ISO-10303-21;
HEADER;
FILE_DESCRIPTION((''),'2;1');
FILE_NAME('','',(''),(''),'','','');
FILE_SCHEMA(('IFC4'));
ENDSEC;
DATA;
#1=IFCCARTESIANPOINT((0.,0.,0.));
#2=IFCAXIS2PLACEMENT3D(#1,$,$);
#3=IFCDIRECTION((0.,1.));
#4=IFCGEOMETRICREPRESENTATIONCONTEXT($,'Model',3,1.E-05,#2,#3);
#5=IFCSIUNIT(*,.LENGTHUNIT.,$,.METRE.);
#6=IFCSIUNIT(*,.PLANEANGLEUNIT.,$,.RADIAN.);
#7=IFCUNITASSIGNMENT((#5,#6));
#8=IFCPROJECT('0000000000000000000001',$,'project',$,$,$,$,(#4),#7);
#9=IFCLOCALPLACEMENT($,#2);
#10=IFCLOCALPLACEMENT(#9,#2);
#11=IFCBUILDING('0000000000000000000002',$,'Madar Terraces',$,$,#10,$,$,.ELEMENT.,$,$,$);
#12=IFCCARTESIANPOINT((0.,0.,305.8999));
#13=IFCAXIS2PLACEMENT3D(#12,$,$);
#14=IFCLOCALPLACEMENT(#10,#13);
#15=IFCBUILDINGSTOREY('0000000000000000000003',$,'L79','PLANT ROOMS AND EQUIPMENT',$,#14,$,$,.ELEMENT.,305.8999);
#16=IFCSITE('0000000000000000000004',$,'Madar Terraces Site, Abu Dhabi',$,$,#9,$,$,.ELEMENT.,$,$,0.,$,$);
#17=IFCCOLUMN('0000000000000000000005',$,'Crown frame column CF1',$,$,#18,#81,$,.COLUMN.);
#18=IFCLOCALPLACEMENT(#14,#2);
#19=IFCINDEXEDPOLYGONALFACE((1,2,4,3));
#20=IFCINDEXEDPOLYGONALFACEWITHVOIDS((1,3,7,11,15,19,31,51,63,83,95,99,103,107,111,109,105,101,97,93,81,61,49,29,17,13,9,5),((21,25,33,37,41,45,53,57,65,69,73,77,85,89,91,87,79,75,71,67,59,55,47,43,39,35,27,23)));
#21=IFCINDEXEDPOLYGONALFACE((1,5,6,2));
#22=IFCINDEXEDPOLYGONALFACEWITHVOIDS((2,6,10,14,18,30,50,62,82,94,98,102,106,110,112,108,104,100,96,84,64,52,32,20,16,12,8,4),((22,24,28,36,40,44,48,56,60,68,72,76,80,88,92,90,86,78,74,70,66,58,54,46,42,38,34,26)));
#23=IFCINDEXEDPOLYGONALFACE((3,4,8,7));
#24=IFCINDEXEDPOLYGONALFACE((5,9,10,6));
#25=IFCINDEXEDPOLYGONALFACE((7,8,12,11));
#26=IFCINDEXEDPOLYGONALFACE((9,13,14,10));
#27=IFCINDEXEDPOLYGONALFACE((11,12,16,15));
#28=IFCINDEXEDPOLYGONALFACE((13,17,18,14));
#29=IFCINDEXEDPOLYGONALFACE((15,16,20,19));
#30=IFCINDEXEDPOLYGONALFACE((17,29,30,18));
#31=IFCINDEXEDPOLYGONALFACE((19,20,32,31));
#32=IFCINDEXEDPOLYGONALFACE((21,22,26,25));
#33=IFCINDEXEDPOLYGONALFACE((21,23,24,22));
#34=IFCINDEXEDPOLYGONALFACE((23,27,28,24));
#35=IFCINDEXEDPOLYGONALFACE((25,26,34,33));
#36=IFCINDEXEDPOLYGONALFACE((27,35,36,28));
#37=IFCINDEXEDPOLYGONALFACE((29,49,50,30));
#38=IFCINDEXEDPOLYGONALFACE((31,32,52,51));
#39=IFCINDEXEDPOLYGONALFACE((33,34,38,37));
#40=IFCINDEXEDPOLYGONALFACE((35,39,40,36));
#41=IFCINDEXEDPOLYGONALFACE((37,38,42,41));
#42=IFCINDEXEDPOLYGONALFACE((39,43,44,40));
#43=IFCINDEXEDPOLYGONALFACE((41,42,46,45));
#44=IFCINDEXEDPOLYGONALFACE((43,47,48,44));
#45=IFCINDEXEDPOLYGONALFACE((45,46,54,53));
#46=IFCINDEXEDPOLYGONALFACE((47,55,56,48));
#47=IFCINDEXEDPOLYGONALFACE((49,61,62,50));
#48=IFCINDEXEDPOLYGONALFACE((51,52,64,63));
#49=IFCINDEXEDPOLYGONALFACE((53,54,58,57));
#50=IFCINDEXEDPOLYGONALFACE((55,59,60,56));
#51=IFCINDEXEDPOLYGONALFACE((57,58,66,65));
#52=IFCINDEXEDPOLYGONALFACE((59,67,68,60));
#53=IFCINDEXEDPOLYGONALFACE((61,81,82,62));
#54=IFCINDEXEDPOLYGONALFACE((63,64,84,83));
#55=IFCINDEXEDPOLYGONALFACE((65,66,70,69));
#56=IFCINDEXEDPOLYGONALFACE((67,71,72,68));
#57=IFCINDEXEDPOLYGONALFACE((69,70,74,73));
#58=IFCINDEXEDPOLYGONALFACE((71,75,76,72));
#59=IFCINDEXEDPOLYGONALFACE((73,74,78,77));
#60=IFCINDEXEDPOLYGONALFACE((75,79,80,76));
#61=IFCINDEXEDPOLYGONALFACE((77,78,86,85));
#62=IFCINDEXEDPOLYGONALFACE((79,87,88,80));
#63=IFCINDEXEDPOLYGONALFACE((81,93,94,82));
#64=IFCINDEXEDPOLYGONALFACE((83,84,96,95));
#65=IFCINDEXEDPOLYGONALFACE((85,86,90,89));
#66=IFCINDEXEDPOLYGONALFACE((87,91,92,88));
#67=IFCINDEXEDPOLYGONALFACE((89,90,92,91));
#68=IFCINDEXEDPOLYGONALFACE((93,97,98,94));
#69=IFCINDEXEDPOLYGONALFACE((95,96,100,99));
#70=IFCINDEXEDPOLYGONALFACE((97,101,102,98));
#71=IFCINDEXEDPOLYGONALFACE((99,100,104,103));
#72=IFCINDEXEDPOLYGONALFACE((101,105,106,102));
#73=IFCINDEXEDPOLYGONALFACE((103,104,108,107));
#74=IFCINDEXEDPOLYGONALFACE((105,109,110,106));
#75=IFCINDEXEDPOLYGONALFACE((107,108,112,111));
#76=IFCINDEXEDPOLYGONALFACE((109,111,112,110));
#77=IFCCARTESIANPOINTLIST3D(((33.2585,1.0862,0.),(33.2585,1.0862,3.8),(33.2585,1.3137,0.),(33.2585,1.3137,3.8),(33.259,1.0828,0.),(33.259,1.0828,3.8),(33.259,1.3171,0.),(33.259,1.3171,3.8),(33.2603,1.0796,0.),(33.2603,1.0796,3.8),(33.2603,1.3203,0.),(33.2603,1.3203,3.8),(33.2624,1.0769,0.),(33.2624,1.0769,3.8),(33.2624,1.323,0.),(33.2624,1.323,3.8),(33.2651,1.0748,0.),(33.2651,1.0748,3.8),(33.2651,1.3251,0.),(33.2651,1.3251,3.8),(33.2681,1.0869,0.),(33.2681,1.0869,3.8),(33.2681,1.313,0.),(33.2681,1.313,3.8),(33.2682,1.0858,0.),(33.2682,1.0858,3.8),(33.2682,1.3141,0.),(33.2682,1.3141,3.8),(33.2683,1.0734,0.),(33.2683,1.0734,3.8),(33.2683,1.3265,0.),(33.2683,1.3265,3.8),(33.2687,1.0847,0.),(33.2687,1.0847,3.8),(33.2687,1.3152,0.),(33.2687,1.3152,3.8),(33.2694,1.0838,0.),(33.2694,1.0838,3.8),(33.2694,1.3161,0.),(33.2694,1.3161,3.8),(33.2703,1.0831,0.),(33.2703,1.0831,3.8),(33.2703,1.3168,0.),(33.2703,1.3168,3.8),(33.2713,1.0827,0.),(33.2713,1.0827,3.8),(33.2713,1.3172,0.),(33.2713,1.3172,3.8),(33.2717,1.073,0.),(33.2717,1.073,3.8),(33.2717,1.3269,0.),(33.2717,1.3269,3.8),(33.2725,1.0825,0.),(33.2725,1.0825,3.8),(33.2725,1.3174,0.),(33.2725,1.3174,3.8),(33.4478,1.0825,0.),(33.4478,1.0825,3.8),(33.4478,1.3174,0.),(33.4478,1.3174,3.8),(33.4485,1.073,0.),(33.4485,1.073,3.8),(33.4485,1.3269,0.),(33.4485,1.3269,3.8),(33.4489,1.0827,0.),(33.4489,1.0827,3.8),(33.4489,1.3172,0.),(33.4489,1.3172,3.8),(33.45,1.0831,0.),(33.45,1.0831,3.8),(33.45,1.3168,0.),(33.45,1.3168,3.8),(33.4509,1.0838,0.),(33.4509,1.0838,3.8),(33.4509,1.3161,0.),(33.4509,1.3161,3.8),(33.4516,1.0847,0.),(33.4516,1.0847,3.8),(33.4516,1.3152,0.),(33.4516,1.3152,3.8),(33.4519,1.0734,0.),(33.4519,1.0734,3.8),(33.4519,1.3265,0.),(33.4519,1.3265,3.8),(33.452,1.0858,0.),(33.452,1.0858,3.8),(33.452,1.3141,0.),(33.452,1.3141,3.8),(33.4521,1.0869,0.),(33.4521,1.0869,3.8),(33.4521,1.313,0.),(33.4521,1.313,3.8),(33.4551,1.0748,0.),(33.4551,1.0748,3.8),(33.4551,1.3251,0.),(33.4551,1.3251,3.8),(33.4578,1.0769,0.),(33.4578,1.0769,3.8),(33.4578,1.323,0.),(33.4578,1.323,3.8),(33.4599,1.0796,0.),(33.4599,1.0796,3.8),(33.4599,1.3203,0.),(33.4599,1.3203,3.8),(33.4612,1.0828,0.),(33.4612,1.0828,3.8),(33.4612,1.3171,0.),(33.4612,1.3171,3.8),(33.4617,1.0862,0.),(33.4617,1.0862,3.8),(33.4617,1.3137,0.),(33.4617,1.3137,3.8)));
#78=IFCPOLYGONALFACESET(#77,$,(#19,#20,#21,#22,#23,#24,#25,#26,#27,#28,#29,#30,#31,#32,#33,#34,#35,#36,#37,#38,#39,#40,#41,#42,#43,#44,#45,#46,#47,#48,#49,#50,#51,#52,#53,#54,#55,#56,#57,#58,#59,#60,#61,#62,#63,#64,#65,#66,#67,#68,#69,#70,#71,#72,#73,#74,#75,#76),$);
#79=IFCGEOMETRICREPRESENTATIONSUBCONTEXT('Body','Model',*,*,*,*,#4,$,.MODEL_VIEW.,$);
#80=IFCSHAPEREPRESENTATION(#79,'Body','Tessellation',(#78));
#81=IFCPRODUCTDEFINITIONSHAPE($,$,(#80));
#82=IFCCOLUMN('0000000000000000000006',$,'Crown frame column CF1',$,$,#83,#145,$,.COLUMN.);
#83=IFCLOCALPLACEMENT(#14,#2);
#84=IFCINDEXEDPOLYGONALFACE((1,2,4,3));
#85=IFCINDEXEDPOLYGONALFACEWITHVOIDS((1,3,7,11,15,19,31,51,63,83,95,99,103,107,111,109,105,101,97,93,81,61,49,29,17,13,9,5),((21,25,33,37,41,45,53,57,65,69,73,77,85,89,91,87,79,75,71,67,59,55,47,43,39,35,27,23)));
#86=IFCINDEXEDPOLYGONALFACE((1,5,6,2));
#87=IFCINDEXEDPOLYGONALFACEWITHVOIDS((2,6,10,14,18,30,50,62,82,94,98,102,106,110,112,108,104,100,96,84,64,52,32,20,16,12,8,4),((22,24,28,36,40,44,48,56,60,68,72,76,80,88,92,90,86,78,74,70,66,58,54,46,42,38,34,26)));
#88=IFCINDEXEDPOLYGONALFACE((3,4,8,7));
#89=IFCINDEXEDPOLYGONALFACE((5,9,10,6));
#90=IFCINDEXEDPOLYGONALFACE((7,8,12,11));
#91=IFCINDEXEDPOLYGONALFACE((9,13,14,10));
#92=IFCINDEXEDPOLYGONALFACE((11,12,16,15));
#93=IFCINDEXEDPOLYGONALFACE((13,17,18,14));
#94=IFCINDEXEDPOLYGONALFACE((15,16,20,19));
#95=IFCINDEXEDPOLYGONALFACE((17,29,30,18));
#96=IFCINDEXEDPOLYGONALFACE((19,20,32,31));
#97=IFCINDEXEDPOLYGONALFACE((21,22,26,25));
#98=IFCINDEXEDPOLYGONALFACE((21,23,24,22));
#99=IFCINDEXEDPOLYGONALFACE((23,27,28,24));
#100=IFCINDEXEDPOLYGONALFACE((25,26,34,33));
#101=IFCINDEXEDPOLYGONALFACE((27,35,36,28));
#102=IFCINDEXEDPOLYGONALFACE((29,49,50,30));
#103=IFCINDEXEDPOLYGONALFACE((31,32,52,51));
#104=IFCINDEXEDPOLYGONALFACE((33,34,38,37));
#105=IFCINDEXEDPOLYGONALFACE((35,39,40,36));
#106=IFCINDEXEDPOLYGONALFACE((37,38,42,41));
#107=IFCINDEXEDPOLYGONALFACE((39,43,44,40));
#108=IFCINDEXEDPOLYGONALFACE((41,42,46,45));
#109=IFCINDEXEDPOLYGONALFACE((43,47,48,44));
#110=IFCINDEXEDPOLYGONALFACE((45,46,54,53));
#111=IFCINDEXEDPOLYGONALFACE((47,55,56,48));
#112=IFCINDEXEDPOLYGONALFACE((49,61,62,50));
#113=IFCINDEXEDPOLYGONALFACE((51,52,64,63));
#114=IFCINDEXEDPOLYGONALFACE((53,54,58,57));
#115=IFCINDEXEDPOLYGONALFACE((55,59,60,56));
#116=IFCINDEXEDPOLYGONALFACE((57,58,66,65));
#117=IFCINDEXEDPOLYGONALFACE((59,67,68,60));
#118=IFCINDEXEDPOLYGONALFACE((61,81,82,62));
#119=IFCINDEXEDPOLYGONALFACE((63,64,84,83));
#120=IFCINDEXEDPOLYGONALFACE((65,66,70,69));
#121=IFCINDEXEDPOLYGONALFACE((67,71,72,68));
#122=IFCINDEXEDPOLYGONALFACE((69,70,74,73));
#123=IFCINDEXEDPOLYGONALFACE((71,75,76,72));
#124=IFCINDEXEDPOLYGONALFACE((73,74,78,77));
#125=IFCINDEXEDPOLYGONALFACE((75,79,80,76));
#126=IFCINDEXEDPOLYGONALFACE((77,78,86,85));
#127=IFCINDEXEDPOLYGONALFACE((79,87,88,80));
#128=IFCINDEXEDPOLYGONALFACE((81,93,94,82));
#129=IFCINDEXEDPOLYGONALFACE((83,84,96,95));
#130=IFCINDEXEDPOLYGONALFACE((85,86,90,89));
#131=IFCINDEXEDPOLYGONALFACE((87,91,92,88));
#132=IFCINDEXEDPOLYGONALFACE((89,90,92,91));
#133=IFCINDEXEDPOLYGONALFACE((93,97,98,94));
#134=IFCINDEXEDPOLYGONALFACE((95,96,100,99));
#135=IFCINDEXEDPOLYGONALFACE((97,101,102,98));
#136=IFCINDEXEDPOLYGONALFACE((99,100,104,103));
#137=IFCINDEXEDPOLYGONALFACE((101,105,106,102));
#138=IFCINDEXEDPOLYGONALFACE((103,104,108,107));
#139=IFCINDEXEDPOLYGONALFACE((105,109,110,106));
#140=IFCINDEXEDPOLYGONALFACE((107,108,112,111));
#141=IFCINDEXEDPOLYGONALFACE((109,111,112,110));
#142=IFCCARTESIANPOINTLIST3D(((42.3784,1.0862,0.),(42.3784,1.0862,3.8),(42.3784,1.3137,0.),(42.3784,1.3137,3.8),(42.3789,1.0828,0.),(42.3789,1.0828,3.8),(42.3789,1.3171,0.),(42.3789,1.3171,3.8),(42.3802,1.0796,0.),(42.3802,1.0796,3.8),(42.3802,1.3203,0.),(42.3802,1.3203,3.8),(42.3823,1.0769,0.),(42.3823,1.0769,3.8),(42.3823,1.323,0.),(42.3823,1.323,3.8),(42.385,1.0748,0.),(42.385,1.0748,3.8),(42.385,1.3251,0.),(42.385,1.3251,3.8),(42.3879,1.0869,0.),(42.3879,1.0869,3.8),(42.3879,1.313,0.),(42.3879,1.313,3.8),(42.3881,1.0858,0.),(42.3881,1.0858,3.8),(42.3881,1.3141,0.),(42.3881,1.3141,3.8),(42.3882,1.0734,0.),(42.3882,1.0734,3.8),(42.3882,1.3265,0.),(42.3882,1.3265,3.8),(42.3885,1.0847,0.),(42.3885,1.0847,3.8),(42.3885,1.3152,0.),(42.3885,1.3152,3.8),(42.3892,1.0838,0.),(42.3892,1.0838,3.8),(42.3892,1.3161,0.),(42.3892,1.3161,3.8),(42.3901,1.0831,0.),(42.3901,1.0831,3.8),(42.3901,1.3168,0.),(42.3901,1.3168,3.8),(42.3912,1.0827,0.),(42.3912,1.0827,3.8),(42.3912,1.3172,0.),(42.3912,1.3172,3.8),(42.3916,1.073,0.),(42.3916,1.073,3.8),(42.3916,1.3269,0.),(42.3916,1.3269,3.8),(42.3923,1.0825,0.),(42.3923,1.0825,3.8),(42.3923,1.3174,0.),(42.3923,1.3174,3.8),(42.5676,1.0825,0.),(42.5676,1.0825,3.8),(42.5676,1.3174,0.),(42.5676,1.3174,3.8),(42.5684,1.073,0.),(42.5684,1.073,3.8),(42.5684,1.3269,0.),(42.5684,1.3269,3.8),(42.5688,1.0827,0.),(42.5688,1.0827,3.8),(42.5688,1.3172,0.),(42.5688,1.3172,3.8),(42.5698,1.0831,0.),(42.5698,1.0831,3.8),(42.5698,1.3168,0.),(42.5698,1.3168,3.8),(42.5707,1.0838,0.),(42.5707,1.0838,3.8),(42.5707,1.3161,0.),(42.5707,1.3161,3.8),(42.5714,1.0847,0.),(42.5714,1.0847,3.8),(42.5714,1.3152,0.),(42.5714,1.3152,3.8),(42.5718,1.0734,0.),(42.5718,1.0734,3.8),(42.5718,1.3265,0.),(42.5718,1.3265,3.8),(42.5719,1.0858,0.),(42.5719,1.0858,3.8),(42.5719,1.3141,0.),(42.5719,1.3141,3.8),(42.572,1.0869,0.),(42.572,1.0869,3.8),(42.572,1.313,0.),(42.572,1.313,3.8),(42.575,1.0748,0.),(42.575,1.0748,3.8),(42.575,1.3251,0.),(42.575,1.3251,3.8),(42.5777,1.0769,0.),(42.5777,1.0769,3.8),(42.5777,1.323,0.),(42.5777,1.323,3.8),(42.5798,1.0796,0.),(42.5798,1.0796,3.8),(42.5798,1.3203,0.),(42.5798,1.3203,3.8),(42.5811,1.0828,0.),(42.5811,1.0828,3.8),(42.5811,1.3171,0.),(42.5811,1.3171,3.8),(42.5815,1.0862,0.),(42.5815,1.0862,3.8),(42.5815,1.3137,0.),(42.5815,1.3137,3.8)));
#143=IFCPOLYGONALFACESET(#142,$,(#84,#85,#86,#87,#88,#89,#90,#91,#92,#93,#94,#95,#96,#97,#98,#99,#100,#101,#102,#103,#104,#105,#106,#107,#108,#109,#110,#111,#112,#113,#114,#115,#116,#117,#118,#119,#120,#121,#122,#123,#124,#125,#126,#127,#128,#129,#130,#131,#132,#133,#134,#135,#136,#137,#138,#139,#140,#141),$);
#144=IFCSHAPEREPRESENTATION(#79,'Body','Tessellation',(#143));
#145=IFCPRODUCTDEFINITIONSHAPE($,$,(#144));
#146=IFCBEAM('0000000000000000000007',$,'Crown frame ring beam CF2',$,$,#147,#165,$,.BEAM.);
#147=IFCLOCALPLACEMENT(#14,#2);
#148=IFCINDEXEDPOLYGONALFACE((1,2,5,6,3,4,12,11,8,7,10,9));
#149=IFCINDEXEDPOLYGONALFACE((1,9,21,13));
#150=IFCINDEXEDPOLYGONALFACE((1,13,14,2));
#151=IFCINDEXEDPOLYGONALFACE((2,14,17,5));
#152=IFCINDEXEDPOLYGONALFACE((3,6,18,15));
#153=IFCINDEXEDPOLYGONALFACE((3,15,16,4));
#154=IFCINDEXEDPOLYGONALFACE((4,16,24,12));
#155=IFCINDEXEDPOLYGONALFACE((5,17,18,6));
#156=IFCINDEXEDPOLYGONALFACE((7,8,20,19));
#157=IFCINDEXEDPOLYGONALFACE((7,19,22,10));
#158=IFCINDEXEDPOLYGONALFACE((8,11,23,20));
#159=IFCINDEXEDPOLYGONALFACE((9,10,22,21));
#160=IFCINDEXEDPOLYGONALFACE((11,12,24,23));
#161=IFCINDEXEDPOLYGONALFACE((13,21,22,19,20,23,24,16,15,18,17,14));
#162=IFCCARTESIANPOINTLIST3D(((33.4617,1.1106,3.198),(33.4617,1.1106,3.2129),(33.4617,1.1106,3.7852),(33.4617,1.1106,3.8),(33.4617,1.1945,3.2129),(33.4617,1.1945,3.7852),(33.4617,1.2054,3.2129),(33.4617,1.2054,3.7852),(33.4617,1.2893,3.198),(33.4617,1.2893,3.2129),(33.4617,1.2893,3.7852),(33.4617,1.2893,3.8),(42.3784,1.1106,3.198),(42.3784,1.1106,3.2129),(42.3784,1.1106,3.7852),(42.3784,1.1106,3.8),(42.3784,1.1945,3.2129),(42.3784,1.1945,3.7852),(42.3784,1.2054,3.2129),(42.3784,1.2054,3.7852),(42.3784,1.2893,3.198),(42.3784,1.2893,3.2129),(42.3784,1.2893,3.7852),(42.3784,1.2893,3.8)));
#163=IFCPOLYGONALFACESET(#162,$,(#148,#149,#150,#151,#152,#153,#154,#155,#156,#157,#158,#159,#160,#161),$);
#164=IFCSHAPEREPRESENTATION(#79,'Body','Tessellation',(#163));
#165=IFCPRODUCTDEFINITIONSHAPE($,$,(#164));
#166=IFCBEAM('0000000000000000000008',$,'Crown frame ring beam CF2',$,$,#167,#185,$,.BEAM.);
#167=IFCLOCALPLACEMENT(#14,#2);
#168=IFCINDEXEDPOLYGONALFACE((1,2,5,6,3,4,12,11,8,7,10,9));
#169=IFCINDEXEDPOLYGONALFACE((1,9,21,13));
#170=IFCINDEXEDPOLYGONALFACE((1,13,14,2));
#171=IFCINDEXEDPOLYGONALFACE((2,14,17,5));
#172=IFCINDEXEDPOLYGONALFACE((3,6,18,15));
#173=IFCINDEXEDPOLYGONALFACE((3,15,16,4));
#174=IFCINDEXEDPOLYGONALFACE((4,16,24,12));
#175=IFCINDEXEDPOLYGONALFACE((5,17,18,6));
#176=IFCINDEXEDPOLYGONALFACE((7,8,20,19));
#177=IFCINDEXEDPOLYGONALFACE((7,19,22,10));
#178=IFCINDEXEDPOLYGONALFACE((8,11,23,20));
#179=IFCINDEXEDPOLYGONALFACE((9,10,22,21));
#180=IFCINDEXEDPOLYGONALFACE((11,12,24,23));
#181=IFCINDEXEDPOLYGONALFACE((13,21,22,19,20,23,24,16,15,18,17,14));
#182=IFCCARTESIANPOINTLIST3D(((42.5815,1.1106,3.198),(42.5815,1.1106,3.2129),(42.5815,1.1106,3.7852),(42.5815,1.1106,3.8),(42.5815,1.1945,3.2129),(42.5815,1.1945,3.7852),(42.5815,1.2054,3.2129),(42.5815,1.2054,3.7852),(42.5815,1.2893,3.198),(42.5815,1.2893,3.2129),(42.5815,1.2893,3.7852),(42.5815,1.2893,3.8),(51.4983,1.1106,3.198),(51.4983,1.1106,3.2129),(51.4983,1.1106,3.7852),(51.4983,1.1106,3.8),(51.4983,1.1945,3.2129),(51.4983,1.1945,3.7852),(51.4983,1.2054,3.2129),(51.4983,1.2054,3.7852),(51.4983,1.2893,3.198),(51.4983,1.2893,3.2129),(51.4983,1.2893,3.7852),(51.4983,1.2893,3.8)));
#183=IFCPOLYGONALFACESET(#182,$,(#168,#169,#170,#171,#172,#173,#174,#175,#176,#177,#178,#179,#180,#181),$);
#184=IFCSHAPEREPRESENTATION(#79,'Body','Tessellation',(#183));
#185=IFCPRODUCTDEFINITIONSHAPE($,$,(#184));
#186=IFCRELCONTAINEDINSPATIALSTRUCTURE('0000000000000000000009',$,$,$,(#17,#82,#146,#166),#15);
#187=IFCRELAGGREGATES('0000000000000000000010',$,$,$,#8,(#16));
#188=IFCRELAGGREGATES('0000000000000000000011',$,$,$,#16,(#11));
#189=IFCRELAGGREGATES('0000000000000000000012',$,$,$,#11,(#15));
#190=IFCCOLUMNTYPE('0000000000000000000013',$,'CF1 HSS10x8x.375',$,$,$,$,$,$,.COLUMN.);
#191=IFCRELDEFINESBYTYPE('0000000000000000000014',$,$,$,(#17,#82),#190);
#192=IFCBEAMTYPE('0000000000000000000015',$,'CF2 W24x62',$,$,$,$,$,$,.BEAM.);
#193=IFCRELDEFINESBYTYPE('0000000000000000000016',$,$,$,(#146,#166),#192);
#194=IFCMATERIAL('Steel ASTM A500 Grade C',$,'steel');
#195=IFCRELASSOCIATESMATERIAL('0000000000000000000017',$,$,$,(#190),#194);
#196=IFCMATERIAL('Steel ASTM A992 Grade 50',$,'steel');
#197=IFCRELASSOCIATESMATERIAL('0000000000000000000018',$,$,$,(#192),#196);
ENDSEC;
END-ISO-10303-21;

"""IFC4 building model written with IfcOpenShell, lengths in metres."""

from ifc_helpers import new_model, si_unit, direction, frame, origin, origin_2d, place, context, subcontext, project, spatial, hollow_rectangle, i_section, extrude, material, material_profile, profile_set, type_object, element, save


model = new_model("IFC4")

# Units and contexts
model_context = context("Model", 3, precision=1e-05, world=origin(), true_north=direction((0.0, 1.0)))
body_context = subcontext(model_context, "Body", "Model", "MODEL_VIEW")
ifc_project = project(units=[si_unit("LENGTHUNIT", "METRE"), si_unit("PLANEANGLEUNIT", "RADIAN")], contexts=[model_context])

# Site, building, storey
site_placement = place(None, origin())
site = spatial("IfcSite", under=ifc_project, at=site_placement, Name="Madar Terraces Site, Abu Dhabi", CompositionType="ELEMENT", RefElevation=0.0)
building_placement = place(site_placement, origin())
building = spatial("IfcBuilding", under=site, at=building_placement, Name="Madar Terraces", CompositionType="ELEMENT")
storey_placement = place(building_placement, frame((0.0, 0.0, 305.8999)))
storey = spatial("IfcBuildingStorey", under=building, at=storey_placement, Name="L79", Description="PLANT ROOMS AND EQUIPMENT", CompositionType="ELEMENT", Elevation=305.8999)

# Columns
ifc_material_1 = material(Name="Steel ASTM A500 Grade C", Category="steel")
ifc_material_profile_1 = material_profile(ifc_material_1, hollow_rectangle(XDim=0.2031, YDim=0.2539, WallThickness=0.0095, InnerFilletRadius=0.0044, OuterFilletRadius=0.0132, at=origin_2d()), Name="HSS10x8x.375")
ifc_profile_set_1 = profile_set([ifc_material_profile_1], Name="Steel ASTM A500 Grade C")
column_type = type_object("IfcColumnType", Name="CF1 HSS10x8x.375", PredefinedType="COLUMN", material=ifc_profile_set_1)
for number, where, z_axis, x_axis, name in (
    (1, (33.3601, 1.2, 0.0), (0.0, 0.0, 1.0), (1.0, 0.0, 0.0), "Crown frame column CF1"),
    (2, (42.48, 1.2, 0.0), (0.0, 0.0, 1.0), (1.0, 0.0, 0.0), "Crown frame column CF1"),
):
    element("IfcColumn", number, at=place(storey_placement, frame(where, z_axis=z_axis, x_axis=x_axis)), inside=storey, type_object=column_type, Name=name, PredefinedType="COLUMN", context=body_context, shape_type="SweptSolid", body=[
        extrude(hollow_rectangle(XDim=0.2031, YDim=0.2539, WallThickness=0.0095, InnerFilletRadius=0.0044, OuterFilletRadius=0.0132, at=origin_2d()), origin(), (0.0, 0.0, 1.0), 3.8),
    ])

# Beams
ifc_material_2 = material(Name="Steel ASTM A992 Grade 50", Category="steel")
ifc_material_profile_2 = material_profile(ifc_material_2, i_section(OverallWidth=0.1787, OverallDepth=0.6021, WebThickness=0.011, FlangeThickness=0.0149, at=origin_2d()), Name="W24x62")
ifc_profile_set_2 = profile_set([ifc_material_profile_2], Name="Steel ASTM A992 Grade 50")
beam_type = type_object("IfcBeamType", Name="CF2 W24x62", PredefinedType="BEAM", material=ifc_profile_set_2)
for number, where, z_axis, x_axis, name in (
    (3, (33.4617, 1.2, 3.499), (1.0, 0.0, 0.0), (0.0, 1.0, 0.0), "Crown frame ring beam CF2"),
    (4, (42.5815, 1.2, 3.499), (1.0, 0.0, 0.0), (0.0, 1.0, 0.0), "Crown frame ring beam CF2"),
):
    element("IfcBeam", number, at=place(storey_placement, frame(where, z_axis=z_axis, x_axis=x_axis)), inside=storey, type_object=beam_type, Name=name, PredefinedType="BEAM", context=body_context, shape_type="SweptSolid", body=[
        extrude(i_section(OverallWidth=0.1787, OverallDepth=0.6021, WebThickness=0.011, FlangeThickness=0.0149, at=origin_2d()), origin(), (0.0, 0.0, 1.0), 8.9167),
    ])

save(model, "model.ifc")
